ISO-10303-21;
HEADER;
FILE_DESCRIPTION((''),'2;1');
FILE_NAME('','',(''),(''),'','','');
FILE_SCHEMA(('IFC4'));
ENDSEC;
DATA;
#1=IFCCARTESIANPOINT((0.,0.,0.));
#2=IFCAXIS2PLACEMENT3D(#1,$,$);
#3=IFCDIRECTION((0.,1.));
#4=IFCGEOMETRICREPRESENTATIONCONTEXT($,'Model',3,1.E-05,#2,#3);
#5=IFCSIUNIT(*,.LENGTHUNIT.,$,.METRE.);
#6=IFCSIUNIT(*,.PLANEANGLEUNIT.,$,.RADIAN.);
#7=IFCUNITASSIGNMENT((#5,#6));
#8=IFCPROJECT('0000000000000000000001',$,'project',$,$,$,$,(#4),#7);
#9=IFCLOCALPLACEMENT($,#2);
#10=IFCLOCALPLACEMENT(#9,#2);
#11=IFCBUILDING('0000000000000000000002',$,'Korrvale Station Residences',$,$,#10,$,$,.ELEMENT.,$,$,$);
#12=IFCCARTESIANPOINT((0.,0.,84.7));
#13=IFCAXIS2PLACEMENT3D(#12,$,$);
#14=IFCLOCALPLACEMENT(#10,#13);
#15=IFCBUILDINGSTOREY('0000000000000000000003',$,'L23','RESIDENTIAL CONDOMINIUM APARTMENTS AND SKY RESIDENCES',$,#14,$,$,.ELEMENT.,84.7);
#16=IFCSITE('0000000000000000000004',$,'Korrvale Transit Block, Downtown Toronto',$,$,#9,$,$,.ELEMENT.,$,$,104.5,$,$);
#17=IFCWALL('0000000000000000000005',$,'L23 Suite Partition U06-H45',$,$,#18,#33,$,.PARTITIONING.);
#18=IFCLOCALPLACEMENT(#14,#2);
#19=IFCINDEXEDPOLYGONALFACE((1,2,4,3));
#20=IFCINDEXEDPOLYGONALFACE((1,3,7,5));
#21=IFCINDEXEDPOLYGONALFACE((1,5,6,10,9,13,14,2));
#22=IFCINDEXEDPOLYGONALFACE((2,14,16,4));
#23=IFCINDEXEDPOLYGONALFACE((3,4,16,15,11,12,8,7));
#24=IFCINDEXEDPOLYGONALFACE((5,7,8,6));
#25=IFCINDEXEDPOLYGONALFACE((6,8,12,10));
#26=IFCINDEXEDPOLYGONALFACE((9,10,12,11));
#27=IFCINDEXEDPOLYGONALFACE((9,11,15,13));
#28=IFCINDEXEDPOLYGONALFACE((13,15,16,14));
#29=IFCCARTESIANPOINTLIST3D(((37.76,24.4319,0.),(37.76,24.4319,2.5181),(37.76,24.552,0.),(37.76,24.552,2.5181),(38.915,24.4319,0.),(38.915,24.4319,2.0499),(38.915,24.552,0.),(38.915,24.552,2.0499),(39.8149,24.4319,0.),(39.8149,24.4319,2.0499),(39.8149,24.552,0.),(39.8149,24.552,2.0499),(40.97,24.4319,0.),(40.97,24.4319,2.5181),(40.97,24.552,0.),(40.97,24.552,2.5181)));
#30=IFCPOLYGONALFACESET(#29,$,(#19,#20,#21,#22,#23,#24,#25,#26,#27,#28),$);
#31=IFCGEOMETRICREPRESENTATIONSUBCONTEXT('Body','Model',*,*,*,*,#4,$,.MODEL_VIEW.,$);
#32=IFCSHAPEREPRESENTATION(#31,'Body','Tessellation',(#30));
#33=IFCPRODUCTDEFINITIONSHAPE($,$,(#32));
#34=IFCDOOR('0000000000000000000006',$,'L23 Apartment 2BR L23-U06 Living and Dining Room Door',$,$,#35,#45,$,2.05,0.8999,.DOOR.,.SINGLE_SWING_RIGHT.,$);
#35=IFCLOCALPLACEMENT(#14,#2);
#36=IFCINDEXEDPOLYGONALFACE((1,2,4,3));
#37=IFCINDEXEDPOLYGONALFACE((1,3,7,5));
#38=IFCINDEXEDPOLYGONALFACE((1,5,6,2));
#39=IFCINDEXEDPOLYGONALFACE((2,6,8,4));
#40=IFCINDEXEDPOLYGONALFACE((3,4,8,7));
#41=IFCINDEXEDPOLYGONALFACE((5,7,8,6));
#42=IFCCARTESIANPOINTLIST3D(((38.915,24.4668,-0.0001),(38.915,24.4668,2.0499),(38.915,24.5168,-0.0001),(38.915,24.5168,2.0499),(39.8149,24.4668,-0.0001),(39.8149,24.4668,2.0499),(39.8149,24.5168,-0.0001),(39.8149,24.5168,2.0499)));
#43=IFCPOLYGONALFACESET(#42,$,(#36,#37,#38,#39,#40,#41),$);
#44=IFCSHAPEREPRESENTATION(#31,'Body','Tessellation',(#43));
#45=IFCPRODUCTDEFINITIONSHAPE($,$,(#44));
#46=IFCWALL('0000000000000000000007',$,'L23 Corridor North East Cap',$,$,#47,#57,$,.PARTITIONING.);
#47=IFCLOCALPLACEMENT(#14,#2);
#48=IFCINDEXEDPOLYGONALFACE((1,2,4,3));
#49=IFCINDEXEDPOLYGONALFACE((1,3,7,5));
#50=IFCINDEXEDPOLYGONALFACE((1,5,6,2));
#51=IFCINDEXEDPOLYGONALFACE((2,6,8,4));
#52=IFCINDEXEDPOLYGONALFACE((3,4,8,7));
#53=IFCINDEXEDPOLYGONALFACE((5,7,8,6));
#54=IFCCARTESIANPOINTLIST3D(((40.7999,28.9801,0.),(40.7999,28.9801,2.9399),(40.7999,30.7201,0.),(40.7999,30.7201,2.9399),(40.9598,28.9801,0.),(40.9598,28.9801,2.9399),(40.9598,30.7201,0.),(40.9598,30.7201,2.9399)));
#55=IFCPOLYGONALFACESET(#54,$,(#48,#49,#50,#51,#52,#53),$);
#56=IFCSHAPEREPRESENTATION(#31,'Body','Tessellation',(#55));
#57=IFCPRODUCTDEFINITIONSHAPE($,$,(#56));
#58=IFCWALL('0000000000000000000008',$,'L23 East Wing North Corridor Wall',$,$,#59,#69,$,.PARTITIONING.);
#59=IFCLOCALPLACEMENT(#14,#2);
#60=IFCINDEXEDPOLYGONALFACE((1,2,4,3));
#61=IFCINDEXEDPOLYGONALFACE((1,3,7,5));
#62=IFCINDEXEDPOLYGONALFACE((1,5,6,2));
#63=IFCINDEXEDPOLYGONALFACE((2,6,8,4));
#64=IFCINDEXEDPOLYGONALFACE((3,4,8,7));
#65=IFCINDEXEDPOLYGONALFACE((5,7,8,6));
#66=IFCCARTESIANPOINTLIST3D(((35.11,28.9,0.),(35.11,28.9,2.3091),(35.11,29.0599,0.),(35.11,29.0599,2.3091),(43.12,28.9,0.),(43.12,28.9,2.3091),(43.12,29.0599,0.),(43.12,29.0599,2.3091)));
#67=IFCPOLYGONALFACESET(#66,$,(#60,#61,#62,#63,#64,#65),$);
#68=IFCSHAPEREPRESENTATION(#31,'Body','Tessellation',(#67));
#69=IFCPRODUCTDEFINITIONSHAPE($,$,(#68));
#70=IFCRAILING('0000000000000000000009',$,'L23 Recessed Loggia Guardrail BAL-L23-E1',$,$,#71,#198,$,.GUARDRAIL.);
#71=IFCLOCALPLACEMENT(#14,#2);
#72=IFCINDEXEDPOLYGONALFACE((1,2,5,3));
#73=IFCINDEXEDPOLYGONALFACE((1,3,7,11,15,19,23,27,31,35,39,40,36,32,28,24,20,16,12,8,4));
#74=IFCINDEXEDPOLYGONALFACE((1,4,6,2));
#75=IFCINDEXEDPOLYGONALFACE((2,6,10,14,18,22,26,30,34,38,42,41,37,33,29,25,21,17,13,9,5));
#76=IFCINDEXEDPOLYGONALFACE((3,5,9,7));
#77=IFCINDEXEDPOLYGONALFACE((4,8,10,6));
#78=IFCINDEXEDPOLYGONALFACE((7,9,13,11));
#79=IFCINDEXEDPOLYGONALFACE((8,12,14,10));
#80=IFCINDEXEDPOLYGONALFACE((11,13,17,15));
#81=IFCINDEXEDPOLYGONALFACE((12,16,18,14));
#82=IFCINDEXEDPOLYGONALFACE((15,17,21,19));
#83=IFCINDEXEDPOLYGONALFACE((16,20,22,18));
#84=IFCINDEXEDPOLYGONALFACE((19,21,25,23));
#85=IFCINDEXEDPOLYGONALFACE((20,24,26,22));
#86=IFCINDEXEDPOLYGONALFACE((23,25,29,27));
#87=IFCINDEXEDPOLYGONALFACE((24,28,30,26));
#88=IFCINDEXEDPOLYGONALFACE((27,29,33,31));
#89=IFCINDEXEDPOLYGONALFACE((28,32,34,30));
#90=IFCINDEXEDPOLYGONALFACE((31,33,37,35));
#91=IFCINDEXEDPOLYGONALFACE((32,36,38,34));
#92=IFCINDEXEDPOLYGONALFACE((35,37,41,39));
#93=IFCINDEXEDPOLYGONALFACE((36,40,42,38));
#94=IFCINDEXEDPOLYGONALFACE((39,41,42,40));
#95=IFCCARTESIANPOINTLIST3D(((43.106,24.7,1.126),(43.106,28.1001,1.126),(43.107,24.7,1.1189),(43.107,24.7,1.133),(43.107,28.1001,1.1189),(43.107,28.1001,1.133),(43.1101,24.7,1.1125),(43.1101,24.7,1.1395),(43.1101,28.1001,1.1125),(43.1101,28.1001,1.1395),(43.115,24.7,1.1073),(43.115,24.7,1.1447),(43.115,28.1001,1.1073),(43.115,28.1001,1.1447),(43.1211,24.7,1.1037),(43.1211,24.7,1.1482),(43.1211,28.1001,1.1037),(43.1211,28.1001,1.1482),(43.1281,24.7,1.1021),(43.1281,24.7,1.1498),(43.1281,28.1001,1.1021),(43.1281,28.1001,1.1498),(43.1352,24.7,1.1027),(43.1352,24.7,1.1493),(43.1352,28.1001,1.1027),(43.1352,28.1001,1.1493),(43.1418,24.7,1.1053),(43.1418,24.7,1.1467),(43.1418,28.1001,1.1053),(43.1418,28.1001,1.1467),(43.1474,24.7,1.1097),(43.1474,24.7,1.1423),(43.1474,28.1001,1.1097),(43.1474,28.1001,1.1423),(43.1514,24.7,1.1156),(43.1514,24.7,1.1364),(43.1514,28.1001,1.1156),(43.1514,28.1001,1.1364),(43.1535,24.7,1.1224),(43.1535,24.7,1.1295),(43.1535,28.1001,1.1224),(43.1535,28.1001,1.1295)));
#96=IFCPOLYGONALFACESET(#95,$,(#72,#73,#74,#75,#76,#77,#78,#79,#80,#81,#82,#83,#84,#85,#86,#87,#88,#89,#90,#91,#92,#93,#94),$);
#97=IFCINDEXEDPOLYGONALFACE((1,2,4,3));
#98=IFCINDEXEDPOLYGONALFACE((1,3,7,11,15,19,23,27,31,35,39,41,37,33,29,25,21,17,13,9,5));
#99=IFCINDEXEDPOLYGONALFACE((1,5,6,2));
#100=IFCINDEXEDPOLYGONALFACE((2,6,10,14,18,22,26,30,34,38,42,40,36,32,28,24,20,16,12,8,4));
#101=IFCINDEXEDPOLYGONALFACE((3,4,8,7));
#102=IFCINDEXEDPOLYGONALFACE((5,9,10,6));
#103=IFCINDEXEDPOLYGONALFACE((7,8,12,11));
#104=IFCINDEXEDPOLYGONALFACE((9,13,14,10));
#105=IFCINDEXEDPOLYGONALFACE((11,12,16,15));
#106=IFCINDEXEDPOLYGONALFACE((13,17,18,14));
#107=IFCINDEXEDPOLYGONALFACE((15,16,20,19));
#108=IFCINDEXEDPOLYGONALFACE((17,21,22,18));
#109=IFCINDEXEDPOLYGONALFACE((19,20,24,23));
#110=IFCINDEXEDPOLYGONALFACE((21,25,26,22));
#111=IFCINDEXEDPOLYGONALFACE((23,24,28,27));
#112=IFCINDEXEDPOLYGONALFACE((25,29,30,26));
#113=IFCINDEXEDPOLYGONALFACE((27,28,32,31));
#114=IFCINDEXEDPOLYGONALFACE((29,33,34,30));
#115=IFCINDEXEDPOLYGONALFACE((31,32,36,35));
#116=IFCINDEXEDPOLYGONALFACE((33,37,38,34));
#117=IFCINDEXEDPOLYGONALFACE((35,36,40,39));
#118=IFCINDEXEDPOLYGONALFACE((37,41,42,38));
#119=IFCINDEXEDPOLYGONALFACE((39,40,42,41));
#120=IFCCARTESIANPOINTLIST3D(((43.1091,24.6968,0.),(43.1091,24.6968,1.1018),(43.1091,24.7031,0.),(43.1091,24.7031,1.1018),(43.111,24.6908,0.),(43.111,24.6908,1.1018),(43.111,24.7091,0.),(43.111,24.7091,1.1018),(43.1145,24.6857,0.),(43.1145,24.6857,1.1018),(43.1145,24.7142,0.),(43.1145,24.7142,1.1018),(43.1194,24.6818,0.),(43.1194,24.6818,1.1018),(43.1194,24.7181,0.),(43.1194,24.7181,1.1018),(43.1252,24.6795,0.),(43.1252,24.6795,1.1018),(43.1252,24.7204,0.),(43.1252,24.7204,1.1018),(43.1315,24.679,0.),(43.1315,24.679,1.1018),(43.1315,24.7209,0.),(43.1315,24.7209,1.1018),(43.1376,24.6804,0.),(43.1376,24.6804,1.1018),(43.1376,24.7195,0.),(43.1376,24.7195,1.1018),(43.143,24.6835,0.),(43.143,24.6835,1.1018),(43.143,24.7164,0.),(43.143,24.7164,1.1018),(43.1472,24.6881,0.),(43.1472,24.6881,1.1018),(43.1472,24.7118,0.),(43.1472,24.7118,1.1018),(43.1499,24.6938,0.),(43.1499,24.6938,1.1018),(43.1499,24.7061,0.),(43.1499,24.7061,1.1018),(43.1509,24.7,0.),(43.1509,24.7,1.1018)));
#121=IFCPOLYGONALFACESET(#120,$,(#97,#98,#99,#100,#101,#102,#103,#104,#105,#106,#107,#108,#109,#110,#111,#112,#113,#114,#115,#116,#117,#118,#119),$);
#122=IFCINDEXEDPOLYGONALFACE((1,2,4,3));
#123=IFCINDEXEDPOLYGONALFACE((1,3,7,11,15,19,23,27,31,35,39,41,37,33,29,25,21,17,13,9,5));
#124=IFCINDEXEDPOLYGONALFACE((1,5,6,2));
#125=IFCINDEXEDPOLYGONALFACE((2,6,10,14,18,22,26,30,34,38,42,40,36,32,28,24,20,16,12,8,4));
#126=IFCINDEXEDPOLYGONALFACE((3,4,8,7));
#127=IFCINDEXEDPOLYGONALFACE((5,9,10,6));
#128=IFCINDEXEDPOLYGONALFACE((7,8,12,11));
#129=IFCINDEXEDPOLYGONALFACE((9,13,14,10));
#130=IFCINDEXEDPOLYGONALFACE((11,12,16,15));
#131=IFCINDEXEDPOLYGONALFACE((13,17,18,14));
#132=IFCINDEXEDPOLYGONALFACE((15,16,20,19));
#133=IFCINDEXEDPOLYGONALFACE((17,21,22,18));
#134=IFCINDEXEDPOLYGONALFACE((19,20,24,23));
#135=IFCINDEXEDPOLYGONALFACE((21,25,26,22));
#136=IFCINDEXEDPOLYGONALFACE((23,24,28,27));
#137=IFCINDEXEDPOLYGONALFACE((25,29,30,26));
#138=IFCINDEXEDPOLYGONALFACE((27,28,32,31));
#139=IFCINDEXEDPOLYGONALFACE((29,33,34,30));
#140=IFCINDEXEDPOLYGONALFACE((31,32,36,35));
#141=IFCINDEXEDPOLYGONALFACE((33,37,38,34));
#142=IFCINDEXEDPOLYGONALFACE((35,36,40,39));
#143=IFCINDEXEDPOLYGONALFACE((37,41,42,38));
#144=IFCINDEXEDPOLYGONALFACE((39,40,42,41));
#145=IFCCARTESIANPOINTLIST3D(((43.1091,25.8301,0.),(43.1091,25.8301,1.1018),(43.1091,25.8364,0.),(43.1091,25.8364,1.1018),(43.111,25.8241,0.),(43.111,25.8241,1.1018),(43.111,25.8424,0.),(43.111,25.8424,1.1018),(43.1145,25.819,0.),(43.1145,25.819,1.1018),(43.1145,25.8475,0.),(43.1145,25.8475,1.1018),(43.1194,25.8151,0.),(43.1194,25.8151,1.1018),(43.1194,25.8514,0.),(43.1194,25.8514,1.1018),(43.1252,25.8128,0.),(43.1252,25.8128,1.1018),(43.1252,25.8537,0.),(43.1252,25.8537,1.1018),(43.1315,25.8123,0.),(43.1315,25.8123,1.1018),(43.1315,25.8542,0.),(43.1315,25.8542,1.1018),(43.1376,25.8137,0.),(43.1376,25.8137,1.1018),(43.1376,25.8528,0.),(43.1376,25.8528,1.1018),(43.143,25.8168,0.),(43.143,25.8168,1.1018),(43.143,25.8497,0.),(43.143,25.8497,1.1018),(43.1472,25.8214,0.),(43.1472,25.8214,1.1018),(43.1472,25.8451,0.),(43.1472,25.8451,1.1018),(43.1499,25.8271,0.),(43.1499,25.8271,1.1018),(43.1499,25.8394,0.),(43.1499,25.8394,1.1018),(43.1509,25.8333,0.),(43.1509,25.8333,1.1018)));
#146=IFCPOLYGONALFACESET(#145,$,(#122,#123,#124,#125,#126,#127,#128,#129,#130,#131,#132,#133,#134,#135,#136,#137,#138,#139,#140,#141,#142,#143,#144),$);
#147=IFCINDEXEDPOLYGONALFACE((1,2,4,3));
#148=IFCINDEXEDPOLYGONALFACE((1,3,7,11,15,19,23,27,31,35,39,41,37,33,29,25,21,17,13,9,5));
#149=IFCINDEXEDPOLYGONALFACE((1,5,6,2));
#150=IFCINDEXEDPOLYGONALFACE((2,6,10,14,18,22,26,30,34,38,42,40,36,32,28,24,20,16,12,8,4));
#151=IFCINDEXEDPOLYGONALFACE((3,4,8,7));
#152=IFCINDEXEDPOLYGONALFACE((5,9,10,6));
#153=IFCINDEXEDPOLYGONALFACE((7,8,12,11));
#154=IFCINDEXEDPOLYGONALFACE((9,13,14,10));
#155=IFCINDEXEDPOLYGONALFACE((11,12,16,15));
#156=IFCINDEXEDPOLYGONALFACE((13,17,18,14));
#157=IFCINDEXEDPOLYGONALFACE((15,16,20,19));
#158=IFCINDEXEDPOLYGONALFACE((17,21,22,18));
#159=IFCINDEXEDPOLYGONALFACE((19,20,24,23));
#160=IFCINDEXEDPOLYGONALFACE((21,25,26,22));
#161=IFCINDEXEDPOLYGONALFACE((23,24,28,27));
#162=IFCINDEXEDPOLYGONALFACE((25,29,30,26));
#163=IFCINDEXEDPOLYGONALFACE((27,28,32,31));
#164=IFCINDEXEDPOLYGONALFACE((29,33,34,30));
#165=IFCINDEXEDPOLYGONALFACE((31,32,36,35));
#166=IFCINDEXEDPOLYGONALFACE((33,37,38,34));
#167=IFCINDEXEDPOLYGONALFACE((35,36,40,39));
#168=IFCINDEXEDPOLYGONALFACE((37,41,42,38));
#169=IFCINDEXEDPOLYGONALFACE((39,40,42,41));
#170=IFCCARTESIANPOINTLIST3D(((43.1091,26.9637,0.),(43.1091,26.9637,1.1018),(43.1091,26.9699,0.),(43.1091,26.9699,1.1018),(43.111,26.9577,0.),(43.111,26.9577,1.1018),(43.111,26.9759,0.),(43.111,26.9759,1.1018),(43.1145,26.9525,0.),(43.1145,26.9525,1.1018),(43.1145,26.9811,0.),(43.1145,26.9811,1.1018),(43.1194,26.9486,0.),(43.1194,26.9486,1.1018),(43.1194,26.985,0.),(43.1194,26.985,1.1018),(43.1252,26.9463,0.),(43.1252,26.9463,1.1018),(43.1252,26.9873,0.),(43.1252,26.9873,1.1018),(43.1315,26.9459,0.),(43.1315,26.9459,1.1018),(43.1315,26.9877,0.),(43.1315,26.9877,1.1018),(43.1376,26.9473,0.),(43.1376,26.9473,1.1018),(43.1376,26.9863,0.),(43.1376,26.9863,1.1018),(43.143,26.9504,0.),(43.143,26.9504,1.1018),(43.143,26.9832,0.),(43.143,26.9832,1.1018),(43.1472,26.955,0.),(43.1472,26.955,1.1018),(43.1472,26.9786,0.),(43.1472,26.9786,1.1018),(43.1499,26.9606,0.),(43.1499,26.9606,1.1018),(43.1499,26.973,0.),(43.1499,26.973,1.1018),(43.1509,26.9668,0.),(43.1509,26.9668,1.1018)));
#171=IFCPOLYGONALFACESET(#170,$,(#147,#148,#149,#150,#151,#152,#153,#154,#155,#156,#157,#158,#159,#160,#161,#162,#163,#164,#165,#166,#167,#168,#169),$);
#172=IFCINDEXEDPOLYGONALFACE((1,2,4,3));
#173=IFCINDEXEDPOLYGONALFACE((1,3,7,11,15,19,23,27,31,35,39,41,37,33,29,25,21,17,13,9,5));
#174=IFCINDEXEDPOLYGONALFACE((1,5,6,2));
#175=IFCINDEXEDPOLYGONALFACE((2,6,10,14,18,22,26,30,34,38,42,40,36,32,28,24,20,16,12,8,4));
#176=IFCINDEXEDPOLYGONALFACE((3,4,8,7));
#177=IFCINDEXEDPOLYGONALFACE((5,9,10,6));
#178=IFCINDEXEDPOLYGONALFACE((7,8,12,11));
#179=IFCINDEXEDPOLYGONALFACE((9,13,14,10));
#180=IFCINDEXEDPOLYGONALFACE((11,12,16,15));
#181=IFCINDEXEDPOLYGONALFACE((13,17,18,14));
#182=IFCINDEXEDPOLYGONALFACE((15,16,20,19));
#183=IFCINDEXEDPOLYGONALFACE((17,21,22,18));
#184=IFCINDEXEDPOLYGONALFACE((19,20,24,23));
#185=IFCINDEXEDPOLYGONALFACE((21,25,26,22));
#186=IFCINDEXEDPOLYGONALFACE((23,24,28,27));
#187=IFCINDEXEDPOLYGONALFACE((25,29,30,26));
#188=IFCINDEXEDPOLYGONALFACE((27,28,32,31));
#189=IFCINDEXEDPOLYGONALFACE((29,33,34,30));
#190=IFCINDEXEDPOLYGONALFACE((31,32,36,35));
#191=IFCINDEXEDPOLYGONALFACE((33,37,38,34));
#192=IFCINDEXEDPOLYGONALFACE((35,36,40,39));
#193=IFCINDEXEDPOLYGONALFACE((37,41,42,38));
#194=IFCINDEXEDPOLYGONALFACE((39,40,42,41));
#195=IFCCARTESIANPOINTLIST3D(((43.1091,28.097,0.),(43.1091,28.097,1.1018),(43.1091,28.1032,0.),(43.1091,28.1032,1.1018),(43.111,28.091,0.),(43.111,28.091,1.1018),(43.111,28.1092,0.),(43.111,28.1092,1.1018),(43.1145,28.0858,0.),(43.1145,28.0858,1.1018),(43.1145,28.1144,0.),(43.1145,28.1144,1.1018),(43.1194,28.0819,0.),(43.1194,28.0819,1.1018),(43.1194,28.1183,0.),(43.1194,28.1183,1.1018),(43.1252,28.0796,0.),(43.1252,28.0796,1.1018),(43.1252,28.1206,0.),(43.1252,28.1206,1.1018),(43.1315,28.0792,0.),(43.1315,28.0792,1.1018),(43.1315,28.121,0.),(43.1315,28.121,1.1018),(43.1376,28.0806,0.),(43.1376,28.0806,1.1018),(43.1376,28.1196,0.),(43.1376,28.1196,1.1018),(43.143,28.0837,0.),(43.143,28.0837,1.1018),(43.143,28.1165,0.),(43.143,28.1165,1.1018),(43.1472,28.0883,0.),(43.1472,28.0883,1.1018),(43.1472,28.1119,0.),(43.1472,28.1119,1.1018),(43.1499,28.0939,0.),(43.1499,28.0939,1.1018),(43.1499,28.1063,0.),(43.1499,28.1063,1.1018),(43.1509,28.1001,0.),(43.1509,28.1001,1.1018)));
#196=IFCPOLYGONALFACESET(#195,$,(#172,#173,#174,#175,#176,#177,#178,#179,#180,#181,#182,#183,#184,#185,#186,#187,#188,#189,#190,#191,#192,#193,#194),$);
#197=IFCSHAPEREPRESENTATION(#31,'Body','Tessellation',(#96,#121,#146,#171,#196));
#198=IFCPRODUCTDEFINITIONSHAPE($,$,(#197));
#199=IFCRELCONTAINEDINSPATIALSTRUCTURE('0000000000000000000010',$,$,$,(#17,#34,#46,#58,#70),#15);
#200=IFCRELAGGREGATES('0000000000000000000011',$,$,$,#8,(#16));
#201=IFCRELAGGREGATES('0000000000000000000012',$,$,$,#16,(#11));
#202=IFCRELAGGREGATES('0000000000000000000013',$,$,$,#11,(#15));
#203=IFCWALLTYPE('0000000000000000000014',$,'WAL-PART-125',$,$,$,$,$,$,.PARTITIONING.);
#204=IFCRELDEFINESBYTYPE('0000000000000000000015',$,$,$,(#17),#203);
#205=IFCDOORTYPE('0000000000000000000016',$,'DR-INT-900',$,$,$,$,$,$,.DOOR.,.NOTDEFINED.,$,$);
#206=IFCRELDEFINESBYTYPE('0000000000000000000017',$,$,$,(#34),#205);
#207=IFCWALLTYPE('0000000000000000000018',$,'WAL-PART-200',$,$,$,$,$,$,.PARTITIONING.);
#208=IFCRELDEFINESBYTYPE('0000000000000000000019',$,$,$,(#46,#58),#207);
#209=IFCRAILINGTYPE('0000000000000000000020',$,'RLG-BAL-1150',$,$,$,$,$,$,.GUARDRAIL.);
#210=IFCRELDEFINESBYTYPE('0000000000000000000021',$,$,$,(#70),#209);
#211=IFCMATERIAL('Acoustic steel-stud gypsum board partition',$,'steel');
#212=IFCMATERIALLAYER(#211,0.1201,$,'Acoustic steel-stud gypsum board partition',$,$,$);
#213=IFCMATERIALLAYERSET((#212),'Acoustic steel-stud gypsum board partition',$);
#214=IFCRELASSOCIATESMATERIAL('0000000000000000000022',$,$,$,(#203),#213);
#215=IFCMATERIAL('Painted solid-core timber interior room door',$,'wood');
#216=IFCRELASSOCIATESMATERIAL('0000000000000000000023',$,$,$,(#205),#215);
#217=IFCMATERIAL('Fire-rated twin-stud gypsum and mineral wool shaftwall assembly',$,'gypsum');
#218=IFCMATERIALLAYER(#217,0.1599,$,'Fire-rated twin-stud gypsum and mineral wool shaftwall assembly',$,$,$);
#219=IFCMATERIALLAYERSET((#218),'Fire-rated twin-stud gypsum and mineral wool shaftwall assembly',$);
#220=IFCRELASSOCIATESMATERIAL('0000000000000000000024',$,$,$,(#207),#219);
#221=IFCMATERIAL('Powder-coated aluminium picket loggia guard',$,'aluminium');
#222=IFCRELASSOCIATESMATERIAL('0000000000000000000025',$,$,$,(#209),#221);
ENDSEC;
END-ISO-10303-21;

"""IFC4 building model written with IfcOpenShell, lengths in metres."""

from ifc_helpers import new_model, si_unit, direction, frame, frame_2d, origin, origin_2d, place, context, subcontext, project, spatial, rectangle, circle, extrude, material, layer, layer_set, type_object, element, fill, save


model = new_model("IFC4")

# Units and contexts
model_context = context("Model", 3, precision=1e-05, world=origin(), true_north=direction((0.0, 1.0)))
body_context = subcontext(model_context, "Body", "Model", "MODEL_VIEW")
ifc_project = project(units=[si_unit("LENGTHUNIT", "METRE"), si_unit("PLANEANGLEUNIT", "RADIAN")], contexts=[model_context])

# Site, building, storey
site_placement = place(None, origin())
site = spatial("IfcSite", under=ifc_project, at=site_placement, Name="Korrvale Transit Block, Downtown Toronto", CompositionType="ELEMENT", RefElevation=104.5)
building_placement = place(site_placement, origin())
building = spatial("IfcBuilding", under=site, at=building_placement, Name="Korrvale Station Residences", CompositionType="ELEMENT")
storey_placement = place(building_placement, frame((0.0, 0.0, 84.7)))
storey = spatial("IfcBuildingStorey", under=building, at=storey_placement, Name="L23", Description="RESIDENTIAL CONDOMINIUM APARTMENTS AND SKY RESIDENCES", CompositionType="ELEMENT", Elevation=84.7)

# Wall, opening, door
ifc_material_1 = material(Name="Acoustic steel-stud gypsum board partition", Category="steel")
ifc_layer_1 = layer(ifc_material_1, 0.1201, Name="Acoustic steel-stud gypsum board partition")
ifc_layer_set_1 = layer_set([ifc_layer_1], Name="Acoustic steel-stud gypsum board partition")
wall_type_1 = type_object("IfcWallType", Name="WAL-PART-125", PredefinedType="PARTITIONING", material=ifc_layer_set_1)
ifc_material_2 = material(Name="Painted solid-core timber interior room door", Category="wood")
door_type_1 = type_object("IfcDoorType", Name="DR-INT-900", OperationType="NOTDEFINED", PredefinedType="DOOR", material=ifc_material_2)
wall_1_placement = place(storey_placement, frame((37.76, 24.4919, 0.0), z_axis=(0.0, 0.0, 1.0), x_axis=(1.0, 0.0, 0.0)))
wall_1 = element("IfcWall", 1, at=wall_1_placement, inside=storey, type_object=wall_type_1, Name="L23 Suite Partition U06-H45", PredefinedType="PARTITIONING", context=body_context, shape_type="SweptSolid", body=[
    extrude(rectangle(XDim=3.21, YDim=0.1201, at=frame_2d((1.605, 0.0))), origin(), (0.0, 0.0, 1.0), 2.5181),
])
opening_1_placement = place(wall_1_placement, frame((1.155, 0.0, 0.0)))
opening_1 = element("IfcOpeningElement", 2, at=opening_1_placement, cuts=wall_1, PredefinedType="OPENING", context=body_context, shape_type="SweptSolid", body=[
    extrude(rectangle(XDim=0.8999, YDim=2.05, at=frame_2d((0.45, 1.0249))), frame((0.0, 0.0701, 0.0), z_axis=(0.0, -1.0, 0.0), x_axis=(1.0, 0.0, 0.0)), (0.0, 0.0, 1.0), 0.1401),
])
door_1_placement = place(opening_1_placement, origin())
door_1 = element("IfcDoor", 3, at=door_1_placement, inside=storey, type_object=door_type_1, Name="L23 Apartment 2BR L23-U06 Living and Dining Room Door", OperationType="SINGLE_SWING_RIGHT", OverallHeight=2.05, OverallWidth=0.8999, PredefinedType="DOOR", context=body_context, shape_type="SweptSolid", body=[
    extrude(rectangle(XDim=0.8999, YDim=2.05, at=frame_2d((0.45, 1.0249))), frame((0.0, 0.0249, 0.0), z_axis=(0.0, -1.0, 0.0), x_axis=(1.0, 0.0, 0.0)), (0.0, 0.0, 1.0), 0.05),
])
fill(opening_1, door_1)

# Walls
ifc_material_3 = material(Name="Fire-rated twin-stud gypsum and mineral wool shaftwall assembly", Category="gypsum")
ifc_layer_2 = layer(ifc_material_3, 0.1599, Name="Fire-rated twin-stud gypsum and mineral wool shaftwall assembly")
ifc_layer_set_2 = layer_set([ifc_layer_2], Name="Fire-rated twin-stud gypsum and mineral wool shaftwall assembly")
wall_type_2 = type_object("IfcWallType", Name="WAL-PART-200", PredefinedType="PARTITIONING", material=ifc_layer_set_2)
wall_2_placement = place(storey_placement, frame((40.8799, 28.98, 0.0), z_axis=(0.0, 0.0, 1.0), x_axis=(0.0, 1.0, 0.0)))
element("IfcWall", 4, at=wall_2_placement, inside=storey, type_object=wall_type_2, Name="L23 Corridor North East Cap", PredefinedType="PARTITIONING", context=body_context, shape_type="SweptSolid", body=[
    extrude(rectangle(XDim=1.74, YDim=0.1599, at=frame_2d((0.8701, 0.0))), origin(), (0.0, 0.0, 1.0), 2.9399),
])
wall_3_placement = place(storey_placement, frame((35.1101, 28.98, 0.0), z_axis=(0.0, 0.0, 1.0), x_axis=(1.0, 0.0, 0.0)))
element("IfcWall", 5, at=wall_3_placement, inside=storey, type_object=wall_type_2, Name="L23 East Wing North Corridor Wall", PredefinedType="PARTITIONING", context=body_context, shape_type="SweptSolid", body=[
    extrude(rectangle(XDim=8.01, YDim=0.1599, at=frame_2d((4.0049, 0.0))), origin(), (0.0, 0.0, 1.0), 2.3091),
])

# Railing
ifc_material_4 = material(Name="Powder-coated aluminium picket loggia guard", Category="aluminium")
railing_type = type_object("IfcRailingType", Name="RLG-BAL-1150", PredefinedType="GUARDRAIL", material=ifc_material_4)
railing_placement = place(storey_placement, frame((43.1299, 24.7, 0.0)))
element("IfcRailing", 6, at=railing_placement, inside=storey, type_object=railing_type, Name="L23 Recessed Loggia Guardrail BAL-L23-E1", PredefinedType="GUARDRAIL", context=body_context, shape_type="SweptSolid", body=[
    extrude(circle(Radius=0.0239, at=origin_2d()), frame((0.0, 0.0, 1.126), z_axis=(0.0, 1.0, 0.0), x_axis=(-1.0, 0.0, 0.0)), (0.0, 0.0, 1.0), 3.4001),
    extrude(circle(Radius=0.021, at=origin_2d()), origin(), (0.0, 0.0, 1.0), 1.1018),
    extrude(circle(Radius=0.021, at=origin_2d()), frame((0.0, 1.1333, 0.0)), (0.0, 0.0, 1.0), 1.1018),
    extrude(circle(Radius=0.021, at=origin_2d()), frame((0.0, 2.2668, 0.0)), (0.0, 0.0, 1.0), 1.1018),
    extrude(circle(Radius=0.021, at=origin_2d()), frame((0.0, 3.4001, 0.0)), (0.0, 0.0, 1.0), 1.1018),
])

save(model, "model.ifc")
